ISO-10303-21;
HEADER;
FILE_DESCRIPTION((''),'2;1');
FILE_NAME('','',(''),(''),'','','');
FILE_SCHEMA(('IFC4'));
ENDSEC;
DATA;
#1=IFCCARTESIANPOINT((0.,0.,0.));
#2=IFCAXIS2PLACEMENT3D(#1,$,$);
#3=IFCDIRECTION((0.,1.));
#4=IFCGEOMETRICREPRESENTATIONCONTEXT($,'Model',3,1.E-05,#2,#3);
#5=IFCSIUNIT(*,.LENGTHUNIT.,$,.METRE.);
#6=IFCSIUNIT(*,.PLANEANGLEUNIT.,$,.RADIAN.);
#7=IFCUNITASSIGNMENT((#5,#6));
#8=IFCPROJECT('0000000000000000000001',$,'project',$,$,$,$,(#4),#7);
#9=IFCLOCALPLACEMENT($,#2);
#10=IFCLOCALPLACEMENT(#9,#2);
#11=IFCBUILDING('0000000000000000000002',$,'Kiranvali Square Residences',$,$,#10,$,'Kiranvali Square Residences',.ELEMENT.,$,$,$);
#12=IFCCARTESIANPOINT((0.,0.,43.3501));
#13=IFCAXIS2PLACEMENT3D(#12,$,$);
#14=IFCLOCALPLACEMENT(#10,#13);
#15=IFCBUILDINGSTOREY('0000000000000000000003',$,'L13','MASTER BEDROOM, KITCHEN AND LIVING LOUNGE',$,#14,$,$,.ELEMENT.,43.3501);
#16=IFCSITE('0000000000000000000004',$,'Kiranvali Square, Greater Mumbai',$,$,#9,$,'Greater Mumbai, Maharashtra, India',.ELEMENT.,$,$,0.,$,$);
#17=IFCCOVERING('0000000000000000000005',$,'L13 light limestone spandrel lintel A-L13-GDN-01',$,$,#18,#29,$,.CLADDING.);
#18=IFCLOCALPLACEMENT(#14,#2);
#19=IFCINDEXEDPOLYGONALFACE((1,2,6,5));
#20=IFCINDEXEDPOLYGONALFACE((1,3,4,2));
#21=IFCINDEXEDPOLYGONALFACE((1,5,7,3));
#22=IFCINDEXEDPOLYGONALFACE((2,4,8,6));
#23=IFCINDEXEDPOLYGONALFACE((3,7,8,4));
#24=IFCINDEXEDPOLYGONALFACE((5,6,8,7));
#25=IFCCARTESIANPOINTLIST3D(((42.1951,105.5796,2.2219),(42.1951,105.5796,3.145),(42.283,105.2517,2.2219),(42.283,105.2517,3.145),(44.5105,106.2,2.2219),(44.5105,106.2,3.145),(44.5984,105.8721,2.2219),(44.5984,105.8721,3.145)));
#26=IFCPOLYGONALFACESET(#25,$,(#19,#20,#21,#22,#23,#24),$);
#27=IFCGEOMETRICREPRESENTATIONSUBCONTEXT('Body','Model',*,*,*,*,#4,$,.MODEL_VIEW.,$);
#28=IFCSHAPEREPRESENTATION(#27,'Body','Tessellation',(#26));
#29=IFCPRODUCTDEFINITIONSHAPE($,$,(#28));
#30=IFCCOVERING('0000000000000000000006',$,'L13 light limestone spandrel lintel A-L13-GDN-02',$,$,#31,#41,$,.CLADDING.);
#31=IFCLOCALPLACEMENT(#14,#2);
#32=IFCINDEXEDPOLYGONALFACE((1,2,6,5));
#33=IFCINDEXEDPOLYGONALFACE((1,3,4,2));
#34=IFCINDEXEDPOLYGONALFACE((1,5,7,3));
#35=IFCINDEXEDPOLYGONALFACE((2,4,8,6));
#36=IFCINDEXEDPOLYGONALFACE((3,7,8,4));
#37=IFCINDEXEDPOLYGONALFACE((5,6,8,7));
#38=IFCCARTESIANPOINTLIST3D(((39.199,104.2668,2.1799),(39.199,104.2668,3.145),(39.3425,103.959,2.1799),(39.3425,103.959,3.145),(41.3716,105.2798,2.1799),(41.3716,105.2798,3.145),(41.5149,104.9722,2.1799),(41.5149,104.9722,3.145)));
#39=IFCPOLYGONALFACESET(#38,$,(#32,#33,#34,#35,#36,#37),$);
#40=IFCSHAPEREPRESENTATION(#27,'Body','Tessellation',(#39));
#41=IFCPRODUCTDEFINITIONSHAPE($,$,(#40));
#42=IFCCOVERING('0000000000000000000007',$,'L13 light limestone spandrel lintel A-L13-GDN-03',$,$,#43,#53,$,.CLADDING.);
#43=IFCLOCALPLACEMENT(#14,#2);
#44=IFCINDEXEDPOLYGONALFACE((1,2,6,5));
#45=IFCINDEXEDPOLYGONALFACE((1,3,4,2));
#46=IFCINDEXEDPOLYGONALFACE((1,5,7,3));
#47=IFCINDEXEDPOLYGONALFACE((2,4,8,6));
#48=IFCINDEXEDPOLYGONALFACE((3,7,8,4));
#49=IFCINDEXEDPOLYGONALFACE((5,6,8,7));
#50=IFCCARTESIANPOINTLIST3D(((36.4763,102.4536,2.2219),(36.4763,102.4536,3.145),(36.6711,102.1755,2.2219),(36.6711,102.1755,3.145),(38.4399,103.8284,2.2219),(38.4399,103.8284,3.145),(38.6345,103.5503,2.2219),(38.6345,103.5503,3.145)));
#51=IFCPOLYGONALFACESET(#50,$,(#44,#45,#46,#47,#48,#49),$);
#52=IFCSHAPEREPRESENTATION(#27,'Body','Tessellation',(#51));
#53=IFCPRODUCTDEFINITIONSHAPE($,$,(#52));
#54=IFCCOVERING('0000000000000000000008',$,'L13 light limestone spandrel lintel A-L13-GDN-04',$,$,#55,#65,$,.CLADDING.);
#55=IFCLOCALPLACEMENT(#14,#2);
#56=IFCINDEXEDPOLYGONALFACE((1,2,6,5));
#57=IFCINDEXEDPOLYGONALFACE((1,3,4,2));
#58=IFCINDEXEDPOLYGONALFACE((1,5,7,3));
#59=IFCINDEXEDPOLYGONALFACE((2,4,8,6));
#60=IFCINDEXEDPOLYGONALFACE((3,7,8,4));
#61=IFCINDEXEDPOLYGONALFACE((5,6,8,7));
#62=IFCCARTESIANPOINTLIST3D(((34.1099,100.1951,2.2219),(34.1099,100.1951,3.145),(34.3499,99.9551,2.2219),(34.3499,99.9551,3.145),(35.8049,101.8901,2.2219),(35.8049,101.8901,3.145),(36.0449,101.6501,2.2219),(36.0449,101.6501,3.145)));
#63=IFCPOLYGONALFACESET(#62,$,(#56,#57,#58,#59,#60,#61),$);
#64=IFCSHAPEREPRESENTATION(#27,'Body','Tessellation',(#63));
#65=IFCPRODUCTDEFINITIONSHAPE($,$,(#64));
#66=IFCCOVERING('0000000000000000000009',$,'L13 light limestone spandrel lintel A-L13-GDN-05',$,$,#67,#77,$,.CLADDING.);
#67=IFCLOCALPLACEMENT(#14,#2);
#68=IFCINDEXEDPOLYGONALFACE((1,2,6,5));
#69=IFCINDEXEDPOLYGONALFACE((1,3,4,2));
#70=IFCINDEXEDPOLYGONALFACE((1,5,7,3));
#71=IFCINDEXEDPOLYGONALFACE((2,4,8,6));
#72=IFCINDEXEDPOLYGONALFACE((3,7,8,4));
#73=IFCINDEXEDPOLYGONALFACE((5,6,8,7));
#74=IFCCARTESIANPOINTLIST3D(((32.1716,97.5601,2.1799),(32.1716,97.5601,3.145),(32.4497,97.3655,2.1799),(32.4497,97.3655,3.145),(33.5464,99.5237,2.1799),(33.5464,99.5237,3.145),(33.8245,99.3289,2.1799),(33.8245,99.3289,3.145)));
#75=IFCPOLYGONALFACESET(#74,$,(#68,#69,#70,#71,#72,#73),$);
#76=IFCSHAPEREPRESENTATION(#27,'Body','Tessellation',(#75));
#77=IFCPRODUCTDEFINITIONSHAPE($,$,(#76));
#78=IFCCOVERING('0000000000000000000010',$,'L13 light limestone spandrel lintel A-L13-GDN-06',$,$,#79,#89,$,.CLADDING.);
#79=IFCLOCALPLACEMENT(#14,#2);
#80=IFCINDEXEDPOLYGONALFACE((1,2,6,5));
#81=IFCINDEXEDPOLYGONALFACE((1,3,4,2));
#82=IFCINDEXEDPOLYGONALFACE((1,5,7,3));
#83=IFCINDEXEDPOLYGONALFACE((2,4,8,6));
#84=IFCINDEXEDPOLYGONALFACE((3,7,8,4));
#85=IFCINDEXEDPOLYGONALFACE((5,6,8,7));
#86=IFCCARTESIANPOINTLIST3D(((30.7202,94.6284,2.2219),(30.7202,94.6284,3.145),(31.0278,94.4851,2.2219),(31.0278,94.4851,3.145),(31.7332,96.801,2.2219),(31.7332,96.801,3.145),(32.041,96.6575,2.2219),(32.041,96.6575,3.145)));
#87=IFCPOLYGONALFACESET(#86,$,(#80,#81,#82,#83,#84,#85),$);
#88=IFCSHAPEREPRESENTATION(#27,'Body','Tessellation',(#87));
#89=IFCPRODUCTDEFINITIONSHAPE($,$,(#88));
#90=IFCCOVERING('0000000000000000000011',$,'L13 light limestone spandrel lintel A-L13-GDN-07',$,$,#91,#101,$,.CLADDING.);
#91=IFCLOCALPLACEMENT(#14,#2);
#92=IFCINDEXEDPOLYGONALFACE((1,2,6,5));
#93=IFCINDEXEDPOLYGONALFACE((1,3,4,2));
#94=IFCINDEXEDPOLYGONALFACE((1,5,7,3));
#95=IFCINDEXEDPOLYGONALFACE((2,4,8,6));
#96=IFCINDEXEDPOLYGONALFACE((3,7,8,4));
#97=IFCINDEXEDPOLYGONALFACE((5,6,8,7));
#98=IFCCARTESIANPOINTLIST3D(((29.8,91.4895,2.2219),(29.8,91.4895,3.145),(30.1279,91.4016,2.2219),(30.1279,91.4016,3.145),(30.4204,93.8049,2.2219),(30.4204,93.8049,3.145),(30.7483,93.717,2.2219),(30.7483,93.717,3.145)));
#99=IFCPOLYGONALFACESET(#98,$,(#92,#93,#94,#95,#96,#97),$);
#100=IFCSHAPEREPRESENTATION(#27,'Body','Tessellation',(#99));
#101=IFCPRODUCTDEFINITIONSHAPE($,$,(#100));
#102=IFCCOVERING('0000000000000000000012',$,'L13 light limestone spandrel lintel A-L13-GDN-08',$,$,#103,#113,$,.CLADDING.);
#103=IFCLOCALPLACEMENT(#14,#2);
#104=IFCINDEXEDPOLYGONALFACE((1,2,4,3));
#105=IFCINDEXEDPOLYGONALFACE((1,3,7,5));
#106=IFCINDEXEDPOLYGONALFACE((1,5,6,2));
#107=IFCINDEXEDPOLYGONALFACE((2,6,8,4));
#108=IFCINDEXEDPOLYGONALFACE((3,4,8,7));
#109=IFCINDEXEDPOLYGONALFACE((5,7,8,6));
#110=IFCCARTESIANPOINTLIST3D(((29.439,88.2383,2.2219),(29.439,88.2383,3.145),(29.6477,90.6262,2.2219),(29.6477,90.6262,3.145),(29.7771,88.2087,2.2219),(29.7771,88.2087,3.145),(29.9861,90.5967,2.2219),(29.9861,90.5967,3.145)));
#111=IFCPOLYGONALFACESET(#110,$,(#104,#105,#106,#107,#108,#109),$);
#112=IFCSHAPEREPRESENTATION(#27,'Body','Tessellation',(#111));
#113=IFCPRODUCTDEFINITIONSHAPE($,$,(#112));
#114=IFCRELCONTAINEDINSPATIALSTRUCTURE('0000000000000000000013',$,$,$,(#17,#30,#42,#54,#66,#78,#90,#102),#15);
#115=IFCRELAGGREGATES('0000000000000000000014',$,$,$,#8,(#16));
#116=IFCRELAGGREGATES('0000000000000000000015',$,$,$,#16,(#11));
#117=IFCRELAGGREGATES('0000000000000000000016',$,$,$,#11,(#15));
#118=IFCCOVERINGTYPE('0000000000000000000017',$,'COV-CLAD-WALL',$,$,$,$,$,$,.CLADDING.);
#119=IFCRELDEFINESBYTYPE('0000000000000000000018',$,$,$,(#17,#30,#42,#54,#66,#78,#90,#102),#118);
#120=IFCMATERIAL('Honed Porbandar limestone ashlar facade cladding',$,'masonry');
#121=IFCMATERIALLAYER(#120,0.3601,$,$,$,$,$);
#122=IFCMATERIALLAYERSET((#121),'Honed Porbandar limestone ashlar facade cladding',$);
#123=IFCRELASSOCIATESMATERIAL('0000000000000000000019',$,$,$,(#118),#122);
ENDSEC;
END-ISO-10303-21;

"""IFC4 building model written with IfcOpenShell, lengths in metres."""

from ifc_helpers import new_model, si_unit, direction, frame, origin, place, context, subcontext, project, spatial, polyline, outline, extrude, material, layer, layer_set, type_object, element, save


model = new_model("IFC4")

# Units and contexts
model_context = context("Model", 3, precision=1e-05, world=origin(), true_north=direction((0.0, 1.0)))
body_context = subcontext(model_context, "Body", "Model", "MODEL_VIEW")
ifc_project = project(units=[si_unit("LENGTHUNIT", "METRE"), si_unit("PLANEANGLEUNIT", "RADIAN")], contexts=[model_context])

# Site, building, storey
site_placement = place(None, origin())
site = spatial("IfcSite", under=ifc_project, at=site_placement, Name="Kiranvali Square, Greater Mumbai", LongName="Greater Mumbai, Maharashtra, India", CompositionType="ELEMENT", RefElevation=0.0)
building_placement = place(site_placement, origin())
building = spatial("IfcBuilding", under=site, at=building_placement, Name="Kiranvali Square Residences", LongName="Kiranvali Square Residences", CompositionType="ELEMENT")
storey_placement = place(building_placement, frame((0.0, 0.0, 43.3501)))
storey = spatial("IfcBuildingStorey", under=building, at=storey_placement, Name="L13", Description="MASTER BEDROOM, KITCHEN AND LIVING LOUNGE", CompositionType="ELEMENT", Elevation=43.3501)

# Coverings
ifc_material = material(Name="Honed Porbandar limestone ashlar facade cladding", Category="masonry")
ifc_layer_1 = layer(ifc_material, 0.3601)
ifc_layer_set_1 = layer_set([ifc_layer_1], Name="Honed Porbandar limestone ashlar facade cladding")
covering_type_1 = type_object("IfcCoveringType", Name="COV-CLAD-WALL", PredefinedType="CLADDING", material=ifc_layer_set_1)
covering_1_placement = place(storey_placement, frame((0.0, 0.0, 2.2219)))
element("IfcCovering", 1, at=covering_1_placement, inside=storey, type_object=covering_type_1, Name="L13 light limestone spandrel lintel A-L13-GDN-01", PredefinedType="CLADDING", context=body_context, shape_type="SweptSolid", body=[
    extrude(outline(polyline([(44.5105, 106.2), (42.1951, 105.5796), (42.283, 105.2517), (44.5984, 105.8721), (44.5105, 106.2)])), origin(), (0.0, 0.0, 1.0), 0.9231),
])
covering_2_placement = place(storey_placement, frame((0.0, 0.0, 2.1799)))
element("IfcCovering", 2, at=covering_2_placement, inside=storey, type_object=covering_type_1, Name="L13 light limestone spandrel lintel A-L13-GDN-02", PredefinedType="CLADDING", context=body_context, shape_type="SweptSolid", body=[
    extrude(outline(polyline([(41.3716, 105.2798), (39.199, 104.2668), (39.3425, 103.959), (41.5149, 104.9722), (41.3716, 105.2798)])), origin(), (0.0, 0.0, 1.0), 0.9651),
])
covering_3_placement = place(storey_placement, frame((0.0, 0.0, 2.2219)))
element("IfcCovering", 3, at=covering_3_placement, inside=storey, type_object=covering_type_1, Name="L13 light limestone spandrel lintel A-L13-GDN-03", PredefinedType="CLADDING", context=body_context, shape_type="SweptSolid", body=[
    extrude(outline(polyline([(38.4399, 103.8284), (36.4763, 102.4536), (36.6711, 102.1755), (38.6345, 103.5503), (38.4399, 103.8284)])), origin(), (0.0, 0.0, 1.0), 0.9231),
])
covering_4_placement = place(storey_placement, frame((0.0, 0.0, 2.2219)))
element("IfcCovering", 4, at=covering_4_placement, inside=storey, type_object=covering_type_1, Name="L13 light limestone spandrel lintel A-L13-GDN-04", PredefinedType="CLADDING", context=body_context, shape_type="SweptSolid", body=[
    extrude(outline(polyline([(35.8049, 101.8901), (34.1099, 100.1951), (34.3499, 99.9551), (36.0449, 101.6501), (35.8049, 101.8901)])), origin(), (0.0, 0.0, 1.0), 0.9231),
])
covering_5_placement = place(storey_placement, frame((0.0, 0.0, 2.1799)))
element("IfcCovering", 5, at=covering_5_placement, inside=storey, type_object=covering_type_1, Name="L13 light limestone spandrel lintel A-L13-GDN-05", PredefinedType="CLADDING", context=body_context, shape_type="SweptSolid", body=[
    extrude(outline(polyline([(33.5464, 99.5237), (32.1716, 97.5601), (32.4497, 97.3655), (33.8245, 99.3289), (33.5464, 99.5237)])), origin(), (0.0, 0.0, 1.0), 0.9651),
])
covering_6_placement = place(storey_placement, frame((0.0, 0.0, 2.2219)))
element("IfcCovering", 6, at=covering_6_placement, inside=storey, type_object=covering_type_1, Name="L13 light limestone spandrel lintel A-L13-GDN-06", PredefinedType="CLADDING", context=body_context, shape_type="SweptSolid", body=[
    extrude(outline(polyline([(31.7332, 96.801), (30.7202, 94.6284), (31.0278, 94.4851), (32.041, 96.6575), (31.7332, 96.801)])), origin(), (0.0, 0.0, 1.0), 0.9231),
])
covering_7_placement = place(storey_placement, frame((0.0, 0.0, 2.2219)))
element("IfcCovering", 7, at=covering_7_placement, inside=storey, type_object=covering_type_1, Name="L13 light limestone spandrel lintel A-L13-GDN-07", PredefinedType="CLADDING", context=body_context, shape_type="SweptSolid", body=[
    extrude(outline(polyline([(30.4204, 93.8049), (29.8, 91.4895), (30.1279, 91.4016), (30.7483, 93.717), (30.4204, 93.8049)])), origin(), (0.0, 0.0, 1.0), 0.9231),
])
covering_8_placement = place(storey_placement, frame((0.0, 0.0, 2.2219)))
element("IfcCovering", 8, at=covering_8_placement, inside=storey, type_object=covering_type_1, Name="L13 light limestone spandrel lintel A-L13-GDN-08", PredefinedType="CLADDING", context=body_context, shape_type="SweptSolid", body=[
    extrude(outline(polyline([(29.6477, 90.6262), (29.439, 88.2383), (29.7771, 88.2087), (29.9861, 90.5967), (29.6477, 90.6262)])), origin(), (0.0, 0.0, 1.0), 0.9231),
])

save(model, "model.ifc")
